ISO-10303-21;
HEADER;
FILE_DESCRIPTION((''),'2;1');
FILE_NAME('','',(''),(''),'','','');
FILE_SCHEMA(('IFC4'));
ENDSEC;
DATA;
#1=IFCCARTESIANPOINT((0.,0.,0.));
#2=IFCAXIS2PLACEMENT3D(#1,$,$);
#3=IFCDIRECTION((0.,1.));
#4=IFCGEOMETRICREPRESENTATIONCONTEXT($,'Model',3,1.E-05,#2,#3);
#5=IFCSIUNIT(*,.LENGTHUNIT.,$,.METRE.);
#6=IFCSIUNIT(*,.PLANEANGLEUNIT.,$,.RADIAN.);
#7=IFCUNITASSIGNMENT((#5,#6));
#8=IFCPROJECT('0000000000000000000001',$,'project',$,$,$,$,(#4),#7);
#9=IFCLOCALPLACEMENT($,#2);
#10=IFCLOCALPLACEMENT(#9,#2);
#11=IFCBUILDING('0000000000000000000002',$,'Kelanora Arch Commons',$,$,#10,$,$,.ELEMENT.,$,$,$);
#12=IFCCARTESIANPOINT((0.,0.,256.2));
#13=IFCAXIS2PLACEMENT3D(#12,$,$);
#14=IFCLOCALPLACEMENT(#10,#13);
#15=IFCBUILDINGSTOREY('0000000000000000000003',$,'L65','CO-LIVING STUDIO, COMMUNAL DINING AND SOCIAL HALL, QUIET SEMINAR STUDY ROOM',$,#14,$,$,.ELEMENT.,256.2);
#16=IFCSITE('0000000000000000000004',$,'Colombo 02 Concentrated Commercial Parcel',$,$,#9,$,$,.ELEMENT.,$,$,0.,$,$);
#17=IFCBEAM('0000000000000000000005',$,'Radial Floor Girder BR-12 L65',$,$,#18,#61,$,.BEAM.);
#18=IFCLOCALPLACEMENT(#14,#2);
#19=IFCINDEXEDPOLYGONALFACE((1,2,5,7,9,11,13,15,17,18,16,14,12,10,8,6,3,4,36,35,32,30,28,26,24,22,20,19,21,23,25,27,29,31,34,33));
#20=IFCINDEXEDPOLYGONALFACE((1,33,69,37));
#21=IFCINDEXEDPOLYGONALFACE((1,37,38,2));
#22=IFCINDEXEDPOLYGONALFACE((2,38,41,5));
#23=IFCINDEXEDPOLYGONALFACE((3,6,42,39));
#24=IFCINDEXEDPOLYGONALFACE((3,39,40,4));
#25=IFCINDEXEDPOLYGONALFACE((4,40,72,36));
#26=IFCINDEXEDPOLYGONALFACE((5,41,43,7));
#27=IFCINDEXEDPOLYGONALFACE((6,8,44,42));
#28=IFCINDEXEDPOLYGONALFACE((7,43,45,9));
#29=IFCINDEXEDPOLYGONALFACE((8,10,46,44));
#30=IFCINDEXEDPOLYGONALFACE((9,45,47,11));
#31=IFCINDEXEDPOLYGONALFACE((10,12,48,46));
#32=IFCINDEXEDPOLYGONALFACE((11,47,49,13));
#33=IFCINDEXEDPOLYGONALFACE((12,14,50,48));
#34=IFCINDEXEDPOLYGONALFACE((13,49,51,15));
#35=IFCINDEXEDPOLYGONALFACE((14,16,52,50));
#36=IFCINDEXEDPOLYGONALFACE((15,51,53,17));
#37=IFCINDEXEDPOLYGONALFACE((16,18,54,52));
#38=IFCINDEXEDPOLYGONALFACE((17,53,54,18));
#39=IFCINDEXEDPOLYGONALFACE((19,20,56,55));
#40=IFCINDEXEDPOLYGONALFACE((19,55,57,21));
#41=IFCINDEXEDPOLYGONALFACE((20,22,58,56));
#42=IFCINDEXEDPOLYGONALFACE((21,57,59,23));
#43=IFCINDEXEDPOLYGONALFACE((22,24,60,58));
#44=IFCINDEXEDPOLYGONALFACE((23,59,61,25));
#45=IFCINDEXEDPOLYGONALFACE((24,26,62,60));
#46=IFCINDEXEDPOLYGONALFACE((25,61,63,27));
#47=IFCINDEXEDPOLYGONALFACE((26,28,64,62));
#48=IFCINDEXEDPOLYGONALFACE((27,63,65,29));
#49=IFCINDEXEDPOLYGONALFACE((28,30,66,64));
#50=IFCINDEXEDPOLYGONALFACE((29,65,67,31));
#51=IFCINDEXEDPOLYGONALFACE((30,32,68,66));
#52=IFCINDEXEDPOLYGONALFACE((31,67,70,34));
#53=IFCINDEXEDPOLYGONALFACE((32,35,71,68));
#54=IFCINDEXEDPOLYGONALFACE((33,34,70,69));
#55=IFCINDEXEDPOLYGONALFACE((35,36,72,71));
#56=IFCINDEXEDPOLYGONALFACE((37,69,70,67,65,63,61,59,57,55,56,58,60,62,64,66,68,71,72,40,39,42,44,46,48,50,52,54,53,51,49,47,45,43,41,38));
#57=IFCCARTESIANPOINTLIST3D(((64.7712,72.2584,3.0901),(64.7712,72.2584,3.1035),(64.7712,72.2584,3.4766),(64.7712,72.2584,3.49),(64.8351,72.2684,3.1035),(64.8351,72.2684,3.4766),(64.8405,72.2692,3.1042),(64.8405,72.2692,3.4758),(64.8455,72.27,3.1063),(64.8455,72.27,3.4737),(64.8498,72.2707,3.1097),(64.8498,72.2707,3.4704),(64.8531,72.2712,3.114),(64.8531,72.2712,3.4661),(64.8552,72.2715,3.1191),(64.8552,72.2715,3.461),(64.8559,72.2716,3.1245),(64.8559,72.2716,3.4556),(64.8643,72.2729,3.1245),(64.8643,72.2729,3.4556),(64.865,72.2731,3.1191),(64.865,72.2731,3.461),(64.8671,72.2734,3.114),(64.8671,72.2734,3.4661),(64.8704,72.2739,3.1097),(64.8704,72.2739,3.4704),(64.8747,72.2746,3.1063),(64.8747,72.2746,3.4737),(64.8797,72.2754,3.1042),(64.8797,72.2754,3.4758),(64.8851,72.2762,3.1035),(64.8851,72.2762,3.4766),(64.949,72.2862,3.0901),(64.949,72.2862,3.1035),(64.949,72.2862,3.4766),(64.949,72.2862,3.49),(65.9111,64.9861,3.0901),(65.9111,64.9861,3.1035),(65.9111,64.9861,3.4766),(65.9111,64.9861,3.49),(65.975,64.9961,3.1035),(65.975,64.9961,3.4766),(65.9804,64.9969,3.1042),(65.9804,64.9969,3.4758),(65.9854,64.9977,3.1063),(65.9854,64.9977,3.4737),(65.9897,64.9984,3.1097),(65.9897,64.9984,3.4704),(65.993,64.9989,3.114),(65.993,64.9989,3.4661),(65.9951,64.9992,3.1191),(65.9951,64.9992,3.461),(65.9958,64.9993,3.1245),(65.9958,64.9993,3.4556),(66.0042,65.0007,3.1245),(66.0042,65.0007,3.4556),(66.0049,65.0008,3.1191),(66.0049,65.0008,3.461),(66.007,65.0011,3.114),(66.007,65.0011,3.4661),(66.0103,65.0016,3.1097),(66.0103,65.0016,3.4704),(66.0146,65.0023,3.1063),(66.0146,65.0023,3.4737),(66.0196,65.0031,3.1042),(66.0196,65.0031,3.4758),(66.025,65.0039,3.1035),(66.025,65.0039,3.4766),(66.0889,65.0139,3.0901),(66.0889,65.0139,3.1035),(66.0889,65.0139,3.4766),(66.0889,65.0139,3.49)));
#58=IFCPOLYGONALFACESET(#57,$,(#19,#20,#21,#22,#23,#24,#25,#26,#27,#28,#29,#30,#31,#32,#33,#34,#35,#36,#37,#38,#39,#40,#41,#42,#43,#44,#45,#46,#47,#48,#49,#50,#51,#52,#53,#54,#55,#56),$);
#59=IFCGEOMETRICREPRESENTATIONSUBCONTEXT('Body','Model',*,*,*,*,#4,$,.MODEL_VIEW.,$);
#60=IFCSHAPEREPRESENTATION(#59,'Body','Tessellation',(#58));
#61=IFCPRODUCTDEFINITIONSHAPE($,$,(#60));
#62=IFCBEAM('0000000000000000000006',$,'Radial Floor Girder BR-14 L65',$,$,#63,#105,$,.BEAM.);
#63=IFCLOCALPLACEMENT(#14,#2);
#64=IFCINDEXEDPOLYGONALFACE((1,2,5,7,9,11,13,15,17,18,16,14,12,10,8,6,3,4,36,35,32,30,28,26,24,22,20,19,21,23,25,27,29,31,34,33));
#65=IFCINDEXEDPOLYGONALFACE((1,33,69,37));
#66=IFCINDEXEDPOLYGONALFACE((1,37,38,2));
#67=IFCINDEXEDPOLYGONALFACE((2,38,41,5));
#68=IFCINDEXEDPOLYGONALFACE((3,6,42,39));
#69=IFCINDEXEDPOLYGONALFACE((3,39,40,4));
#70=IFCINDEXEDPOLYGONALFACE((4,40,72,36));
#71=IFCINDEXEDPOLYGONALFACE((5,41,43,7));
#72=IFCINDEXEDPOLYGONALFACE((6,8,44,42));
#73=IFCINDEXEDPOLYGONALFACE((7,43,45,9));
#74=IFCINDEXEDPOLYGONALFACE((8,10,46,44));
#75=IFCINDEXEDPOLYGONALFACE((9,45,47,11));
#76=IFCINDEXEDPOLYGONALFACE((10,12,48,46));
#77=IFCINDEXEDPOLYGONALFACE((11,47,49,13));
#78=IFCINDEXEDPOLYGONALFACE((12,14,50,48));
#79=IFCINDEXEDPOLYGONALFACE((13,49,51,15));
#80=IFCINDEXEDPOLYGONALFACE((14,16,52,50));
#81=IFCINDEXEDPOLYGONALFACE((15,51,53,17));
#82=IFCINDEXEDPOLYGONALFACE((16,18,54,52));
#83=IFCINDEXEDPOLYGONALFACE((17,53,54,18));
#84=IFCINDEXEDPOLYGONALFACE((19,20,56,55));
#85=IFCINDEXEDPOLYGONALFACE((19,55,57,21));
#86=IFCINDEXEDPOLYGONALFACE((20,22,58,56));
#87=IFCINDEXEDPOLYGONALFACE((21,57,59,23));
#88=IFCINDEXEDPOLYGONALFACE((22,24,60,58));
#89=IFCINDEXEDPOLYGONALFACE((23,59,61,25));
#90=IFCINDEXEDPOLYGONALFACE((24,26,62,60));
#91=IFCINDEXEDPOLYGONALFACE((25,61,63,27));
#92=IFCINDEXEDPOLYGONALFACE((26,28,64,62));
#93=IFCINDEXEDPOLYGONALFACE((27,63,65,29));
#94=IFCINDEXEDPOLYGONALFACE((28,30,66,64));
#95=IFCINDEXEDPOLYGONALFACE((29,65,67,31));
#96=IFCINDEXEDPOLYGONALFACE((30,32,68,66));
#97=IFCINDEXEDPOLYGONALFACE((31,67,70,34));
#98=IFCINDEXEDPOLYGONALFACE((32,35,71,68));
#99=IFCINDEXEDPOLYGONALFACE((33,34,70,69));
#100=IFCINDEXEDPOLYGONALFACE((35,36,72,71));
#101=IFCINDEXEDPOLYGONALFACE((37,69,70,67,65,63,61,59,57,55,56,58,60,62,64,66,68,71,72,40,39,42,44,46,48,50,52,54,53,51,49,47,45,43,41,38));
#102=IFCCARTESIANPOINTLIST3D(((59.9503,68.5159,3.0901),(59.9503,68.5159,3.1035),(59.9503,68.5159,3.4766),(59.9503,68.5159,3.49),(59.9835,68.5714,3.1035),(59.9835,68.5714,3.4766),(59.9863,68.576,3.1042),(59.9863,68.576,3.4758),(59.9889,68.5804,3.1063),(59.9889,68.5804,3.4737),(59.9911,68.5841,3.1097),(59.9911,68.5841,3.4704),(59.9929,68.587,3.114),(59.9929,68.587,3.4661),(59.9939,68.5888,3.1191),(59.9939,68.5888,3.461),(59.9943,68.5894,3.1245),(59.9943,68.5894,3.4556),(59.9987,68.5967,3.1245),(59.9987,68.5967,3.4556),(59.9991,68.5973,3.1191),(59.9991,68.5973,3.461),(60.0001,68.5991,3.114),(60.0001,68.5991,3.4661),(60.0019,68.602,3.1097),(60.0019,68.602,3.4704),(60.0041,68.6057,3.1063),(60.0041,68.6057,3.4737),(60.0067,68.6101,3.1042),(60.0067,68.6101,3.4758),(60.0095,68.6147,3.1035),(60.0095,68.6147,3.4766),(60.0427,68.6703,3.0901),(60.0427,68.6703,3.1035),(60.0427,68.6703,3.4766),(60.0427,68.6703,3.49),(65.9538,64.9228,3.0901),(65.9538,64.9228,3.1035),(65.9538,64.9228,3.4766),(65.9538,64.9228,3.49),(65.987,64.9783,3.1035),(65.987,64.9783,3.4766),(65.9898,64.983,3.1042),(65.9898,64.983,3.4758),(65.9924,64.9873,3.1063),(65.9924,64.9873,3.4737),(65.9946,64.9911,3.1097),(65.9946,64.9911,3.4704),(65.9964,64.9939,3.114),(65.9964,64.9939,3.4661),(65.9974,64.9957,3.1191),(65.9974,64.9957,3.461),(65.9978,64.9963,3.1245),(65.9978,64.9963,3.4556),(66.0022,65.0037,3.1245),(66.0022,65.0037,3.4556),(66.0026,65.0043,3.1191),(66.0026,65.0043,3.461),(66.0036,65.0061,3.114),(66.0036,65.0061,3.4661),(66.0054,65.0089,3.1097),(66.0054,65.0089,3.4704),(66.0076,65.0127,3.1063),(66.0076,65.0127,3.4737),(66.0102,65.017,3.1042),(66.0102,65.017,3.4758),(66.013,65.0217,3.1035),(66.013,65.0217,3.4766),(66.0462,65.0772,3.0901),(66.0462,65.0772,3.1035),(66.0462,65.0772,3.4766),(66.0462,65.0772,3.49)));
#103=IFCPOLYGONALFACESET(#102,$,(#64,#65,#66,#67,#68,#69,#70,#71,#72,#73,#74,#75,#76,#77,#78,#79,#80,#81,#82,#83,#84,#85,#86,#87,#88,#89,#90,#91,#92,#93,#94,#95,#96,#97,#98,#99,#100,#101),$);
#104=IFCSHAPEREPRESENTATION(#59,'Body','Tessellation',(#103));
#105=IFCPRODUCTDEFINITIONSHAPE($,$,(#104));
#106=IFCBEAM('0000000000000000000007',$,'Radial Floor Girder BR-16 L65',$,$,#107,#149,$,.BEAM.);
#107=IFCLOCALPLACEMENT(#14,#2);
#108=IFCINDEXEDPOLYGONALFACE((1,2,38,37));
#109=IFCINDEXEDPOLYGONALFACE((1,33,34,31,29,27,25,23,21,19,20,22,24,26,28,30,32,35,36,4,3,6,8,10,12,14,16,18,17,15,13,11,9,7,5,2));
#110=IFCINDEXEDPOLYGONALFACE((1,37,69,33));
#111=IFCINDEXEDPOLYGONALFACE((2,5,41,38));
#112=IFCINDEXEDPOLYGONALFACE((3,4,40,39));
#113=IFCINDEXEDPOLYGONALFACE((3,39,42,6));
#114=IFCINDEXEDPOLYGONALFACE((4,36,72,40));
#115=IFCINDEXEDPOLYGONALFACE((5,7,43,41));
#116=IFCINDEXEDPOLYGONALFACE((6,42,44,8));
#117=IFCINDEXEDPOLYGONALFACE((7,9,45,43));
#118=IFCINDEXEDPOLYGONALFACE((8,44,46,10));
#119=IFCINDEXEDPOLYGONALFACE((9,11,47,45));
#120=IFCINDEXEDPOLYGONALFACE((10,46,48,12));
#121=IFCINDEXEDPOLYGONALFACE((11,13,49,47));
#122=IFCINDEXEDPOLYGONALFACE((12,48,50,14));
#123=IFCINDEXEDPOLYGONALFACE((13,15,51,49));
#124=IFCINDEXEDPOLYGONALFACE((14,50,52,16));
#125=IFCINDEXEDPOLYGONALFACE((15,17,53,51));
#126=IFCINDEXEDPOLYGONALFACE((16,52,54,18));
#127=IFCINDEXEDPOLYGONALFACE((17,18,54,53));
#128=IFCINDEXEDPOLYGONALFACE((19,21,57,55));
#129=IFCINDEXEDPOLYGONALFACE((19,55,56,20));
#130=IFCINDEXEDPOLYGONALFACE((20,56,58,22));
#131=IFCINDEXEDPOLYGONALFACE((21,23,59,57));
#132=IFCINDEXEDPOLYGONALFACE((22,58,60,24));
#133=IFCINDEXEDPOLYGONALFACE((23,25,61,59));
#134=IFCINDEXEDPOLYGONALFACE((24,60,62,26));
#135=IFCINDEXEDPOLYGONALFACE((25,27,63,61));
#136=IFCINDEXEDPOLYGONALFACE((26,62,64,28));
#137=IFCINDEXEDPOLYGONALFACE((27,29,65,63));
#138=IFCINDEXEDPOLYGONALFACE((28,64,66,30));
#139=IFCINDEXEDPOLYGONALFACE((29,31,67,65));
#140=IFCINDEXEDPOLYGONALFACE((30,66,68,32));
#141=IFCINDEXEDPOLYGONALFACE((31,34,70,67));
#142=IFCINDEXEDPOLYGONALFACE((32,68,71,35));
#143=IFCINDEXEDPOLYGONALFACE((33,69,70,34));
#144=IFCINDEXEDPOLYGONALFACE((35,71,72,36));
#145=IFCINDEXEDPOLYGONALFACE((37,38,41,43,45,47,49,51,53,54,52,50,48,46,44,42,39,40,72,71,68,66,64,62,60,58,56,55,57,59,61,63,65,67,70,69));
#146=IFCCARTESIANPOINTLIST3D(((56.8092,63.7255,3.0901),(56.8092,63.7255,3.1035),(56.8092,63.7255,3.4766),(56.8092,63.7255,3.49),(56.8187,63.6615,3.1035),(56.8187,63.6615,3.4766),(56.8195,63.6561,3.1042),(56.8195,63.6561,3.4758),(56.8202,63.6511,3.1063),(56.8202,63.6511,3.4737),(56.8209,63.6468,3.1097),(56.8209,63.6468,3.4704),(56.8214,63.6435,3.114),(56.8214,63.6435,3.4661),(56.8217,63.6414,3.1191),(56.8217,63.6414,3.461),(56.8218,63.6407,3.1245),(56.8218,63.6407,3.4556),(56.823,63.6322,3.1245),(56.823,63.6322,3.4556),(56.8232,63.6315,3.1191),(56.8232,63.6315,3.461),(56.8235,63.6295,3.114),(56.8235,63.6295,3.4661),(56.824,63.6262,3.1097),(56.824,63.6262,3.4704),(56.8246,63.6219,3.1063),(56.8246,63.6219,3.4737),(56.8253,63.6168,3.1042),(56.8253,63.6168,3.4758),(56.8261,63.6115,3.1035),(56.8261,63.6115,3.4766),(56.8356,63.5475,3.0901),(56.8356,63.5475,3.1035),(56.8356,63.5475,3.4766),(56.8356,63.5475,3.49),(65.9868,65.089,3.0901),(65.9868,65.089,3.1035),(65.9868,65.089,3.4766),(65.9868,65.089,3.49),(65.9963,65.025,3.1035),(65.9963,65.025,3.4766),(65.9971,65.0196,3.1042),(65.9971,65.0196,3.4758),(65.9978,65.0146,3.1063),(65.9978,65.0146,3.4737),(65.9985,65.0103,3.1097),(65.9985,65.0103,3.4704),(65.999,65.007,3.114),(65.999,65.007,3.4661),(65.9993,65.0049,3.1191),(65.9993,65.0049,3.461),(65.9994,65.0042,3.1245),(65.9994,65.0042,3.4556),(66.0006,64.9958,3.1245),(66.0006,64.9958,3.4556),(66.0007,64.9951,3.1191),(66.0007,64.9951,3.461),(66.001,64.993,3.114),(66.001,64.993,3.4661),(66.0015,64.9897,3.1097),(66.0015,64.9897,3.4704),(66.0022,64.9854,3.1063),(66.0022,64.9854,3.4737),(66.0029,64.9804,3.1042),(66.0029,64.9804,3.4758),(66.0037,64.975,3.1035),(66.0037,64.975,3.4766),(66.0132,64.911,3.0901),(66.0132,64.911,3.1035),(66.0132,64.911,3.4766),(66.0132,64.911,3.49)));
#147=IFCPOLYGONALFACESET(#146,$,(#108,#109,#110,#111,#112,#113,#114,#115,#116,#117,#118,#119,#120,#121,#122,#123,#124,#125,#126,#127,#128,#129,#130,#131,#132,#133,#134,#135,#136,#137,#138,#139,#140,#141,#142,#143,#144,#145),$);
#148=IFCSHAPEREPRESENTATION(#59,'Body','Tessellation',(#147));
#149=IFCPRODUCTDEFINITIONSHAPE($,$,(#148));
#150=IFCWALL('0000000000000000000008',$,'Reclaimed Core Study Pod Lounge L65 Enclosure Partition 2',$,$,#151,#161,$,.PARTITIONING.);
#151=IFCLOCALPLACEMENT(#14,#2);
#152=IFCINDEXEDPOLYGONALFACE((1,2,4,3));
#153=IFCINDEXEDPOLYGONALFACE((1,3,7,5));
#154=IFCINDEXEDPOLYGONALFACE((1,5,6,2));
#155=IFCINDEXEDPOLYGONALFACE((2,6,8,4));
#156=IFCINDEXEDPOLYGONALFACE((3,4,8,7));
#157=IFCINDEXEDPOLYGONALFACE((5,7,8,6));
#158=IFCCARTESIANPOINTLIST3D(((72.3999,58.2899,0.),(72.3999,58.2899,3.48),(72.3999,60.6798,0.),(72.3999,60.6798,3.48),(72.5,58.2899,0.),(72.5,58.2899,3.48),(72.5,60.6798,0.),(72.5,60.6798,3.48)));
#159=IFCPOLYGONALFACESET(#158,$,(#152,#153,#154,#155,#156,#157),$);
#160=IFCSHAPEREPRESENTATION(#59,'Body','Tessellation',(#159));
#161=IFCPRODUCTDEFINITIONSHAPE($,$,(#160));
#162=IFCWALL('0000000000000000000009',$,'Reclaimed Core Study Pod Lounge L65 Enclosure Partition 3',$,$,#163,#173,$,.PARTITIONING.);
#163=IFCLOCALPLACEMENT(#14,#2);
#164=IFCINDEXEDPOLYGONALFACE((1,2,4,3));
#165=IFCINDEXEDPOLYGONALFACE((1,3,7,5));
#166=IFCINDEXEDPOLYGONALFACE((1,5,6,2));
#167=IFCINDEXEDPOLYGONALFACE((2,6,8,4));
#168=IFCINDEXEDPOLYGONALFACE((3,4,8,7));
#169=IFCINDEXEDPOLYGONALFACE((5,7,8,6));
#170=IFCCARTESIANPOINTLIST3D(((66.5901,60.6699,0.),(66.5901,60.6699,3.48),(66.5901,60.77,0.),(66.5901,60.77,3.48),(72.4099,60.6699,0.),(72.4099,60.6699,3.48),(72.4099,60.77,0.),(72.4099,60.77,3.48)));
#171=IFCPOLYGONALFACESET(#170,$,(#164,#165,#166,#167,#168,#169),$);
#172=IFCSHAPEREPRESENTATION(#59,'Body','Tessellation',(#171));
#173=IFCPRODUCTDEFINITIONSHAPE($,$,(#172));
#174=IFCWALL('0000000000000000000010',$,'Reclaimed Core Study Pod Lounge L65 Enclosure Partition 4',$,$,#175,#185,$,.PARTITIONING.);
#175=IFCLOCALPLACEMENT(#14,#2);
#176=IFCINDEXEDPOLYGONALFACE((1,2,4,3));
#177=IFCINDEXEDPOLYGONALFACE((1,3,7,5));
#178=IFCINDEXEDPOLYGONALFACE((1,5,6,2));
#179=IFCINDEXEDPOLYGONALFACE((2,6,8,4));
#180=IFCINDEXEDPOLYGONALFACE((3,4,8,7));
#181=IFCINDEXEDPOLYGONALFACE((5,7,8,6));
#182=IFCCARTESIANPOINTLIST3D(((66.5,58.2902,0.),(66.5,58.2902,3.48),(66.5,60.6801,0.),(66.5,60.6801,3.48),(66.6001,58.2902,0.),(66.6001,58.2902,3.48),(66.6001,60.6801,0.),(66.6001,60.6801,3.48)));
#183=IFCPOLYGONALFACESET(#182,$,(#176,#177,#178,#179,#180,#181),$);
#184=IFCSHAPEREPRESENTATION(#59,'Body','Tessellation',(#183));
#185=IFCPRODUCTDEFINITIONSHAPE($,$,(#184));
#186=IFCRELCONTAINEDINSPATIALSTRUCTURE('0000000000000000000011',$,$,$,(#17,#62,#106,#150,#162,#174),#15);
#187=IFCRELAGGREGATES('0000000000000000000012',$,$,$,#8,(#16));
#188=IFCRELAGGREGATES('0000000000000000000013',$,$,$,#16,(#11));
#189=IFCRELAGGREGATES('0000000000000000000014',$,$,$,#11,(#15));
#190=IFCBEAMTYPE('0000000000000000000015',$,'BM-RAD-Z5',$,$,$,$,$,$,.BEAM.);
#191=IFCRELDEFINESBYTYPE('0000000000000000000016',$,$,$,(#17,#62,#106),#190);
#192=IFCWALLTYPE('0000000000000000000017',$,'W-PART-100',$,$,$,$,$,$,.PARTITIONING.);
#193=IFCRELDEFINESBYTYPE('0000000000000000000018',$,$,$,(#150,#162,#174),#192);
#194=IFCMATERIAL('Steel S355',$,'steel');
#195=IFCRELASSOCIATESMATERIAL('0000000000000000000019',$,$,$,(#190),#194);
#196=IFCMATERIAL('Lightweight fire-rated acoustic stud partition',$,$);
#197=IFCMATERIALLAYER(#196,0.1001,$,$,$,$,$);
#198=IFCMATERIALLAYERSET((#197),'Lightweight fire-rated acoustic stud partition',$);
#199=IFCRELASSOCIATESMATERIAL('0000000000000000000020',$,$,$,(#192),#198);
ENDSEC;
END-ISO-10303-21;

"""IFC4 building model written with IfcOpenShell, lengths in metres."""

from ifc_helpers import new_model, si_unit, direction, frame, frame_2d, origin, origin_2d, place, context, subcontext, project, spatial, rectangle, i_section, extrude, material, layer, layer_set, material_profile, profile_set, type_object, element, save


model = new_model("IFC4")

# Units and contexts
model_context = context("Model", 3, precision=1e-05, world=origin(), true_north=direction((0.0, 1.0)))
body_context = subcontext(model_context, "Body", "Model", "MODEL_VIEW")
ifc_project = project(units=[si_unit("LENGTHUNIT", "METRE"), si_unit("PLANEANGLEUNIT", "RADIAN")], contexts=[model_context])

# Site, building, storey
site_placement = place(None, origin())
site = spatial("IfcSite", under=ifc_project, at=site_placement, Name="Colombo 02 Concentrated Commercial Parcel", CompositionType="ELEMENT", RefElevation=0.0)
building_placement = place(site_placement, origin())
building = spatial("IfcBuilding", under=site, at=building_placement, Name="Kelanora Arch Commons", CompositionType="ELEMENT")
storey_placement = place(building_placement, frame((0.0, 0.0, 256.2)))
storey = spatial("IfcBuildingStorey", under=building, at=storey_placement, Name="L65", Description="CO-LIVING STUDIO, COMMUNAL DINING AND SOCIAL HALL, QUIET SEMINAR STUDY ROOM", CompositionType="ELEMENT", Elevation=256.2)

# Beams
ifc_material_1 = material(Name="Steel S355", Category="steel")
ifc_material_profile_1 = material_profile(ifc_material_1, i_section(OverallWidth=0.1799, OverallDepth=0.3999, WebThickness=0.0085, FlangeThickness=0.0134, FilletRadius=0.021, at=origin_2d()), Name="IPE400")
ifc_profile_set_1 = profile_set([ifc_material_profile_1], Name="Steel S355")
beam_type_1 = type_object("IfcBeamType", Name="BM-RAD-Z5", PredefinedType="BEAM", material=ifc_profile_set_1)
beam_1_placement = place(storey_placement, frame((66.0, 65.0, 3.29), z_axis=(-0.154855, 0.987937, 0.0), x_axis=(-0.987937, -0.154855, 0.0)))
element("IfcBeam", 1, at=beam_1_placement, inside=storey, type_object=beam_type_1, Name="Radial Floor Girder BR-12 L65", PredefinedType="BEAM", context=body_context, shape_type="SweptSolid", body=[
    extrude(i_section(OverallWidth=0.1799, OverallDepth=0.3999, WebThickness=0.0085, FlangeThickness=0.0134, FilletRadius=0.021, at=origin_2d()), origin(), (0.0, 0.0, 1.0), 7.3611),
])
beam_2_placement = place(storey_placement, frame((66.0, 65.0, 3.29), z_axis=(-0.858062, 0.513546, 0.0), x_axis=(-0.513546, -0.858062, 0.0)))
element("IfcBeam", 2, at=beam_2_placement, inside=storey, type_object=beam_type_1, Name="Radial Floor Girder BR-14 L65", PredefinedType="BEAM", context=body_context, shape_type="SweptSolid", body=[
    extrude(i_section(OverallWidth=0.1799, OverallDepth=0.3999, WebThickness=0.0085, FlangeThickness=0.0134, FilletRadius=0.021, at=origin_2d()), origin(), (0.0, 0.0, 1.0), 6.9966),
])
beam_3_placement = place(storey_placement, frame((66.0, 65.0, 3.29), z_axis=(-0.989142, -0.14696, 0.0), x_axis=(0.14696, -0.989142, 0.0)))
element("IfcBeam", 3, at=beam_3_placement, inside=storey, type_object=beam_type_1, Name="Radial Floor Girder BR-16 L65", PredefinedType="BEAM", context=body_context, shape_type="SweptSolid", body=[
    extrude(i_section(OverallWidth=0.1799, OverallDepth=0.3999, WebThickness=0.0085, FlangeThickness=0.0134, FilletRadius=0.021, at=origin_2d()), origin(), (0.0, 0.0, 1.0), 9.2783),
])

# Walls
ifc_material_2 = material(Name="Lightweight fire-rated acoustic stud partition")
ifc_layer_1 = layer(ifc_material_2, 0.1001)
ifc_layer_set_1 = layer_set([ifc_layer_1], Name="Lightweight fire-rated acoustic stud partition")
wall_type_1 = type_object("IfcWallType", Name="W-PART-100", PredefinedType="PARTITIONING", material=ifc_layer_set_1)
wall_1_placement = place(storey_placement, frame((72.45, 58.29, 0.0), z_axis=(0.0, 0.0, 1.0), x_axis=(0.0, 1.0, 0.0)))
element("IfcWall", 4, at=wall_1_placement, inside=storey, type_object=wall_type_1, Name="Reclaimed Core Study Pod Lounge L65 Enclosure Partition 2", PredefinedType="PARTITIONING", context=body_context, shape_type="SweptSolid", body=[
    extrude(rectangle(XDim=2.3899, YDim=0.1001, at=frame_2d((1.1948, 0.0))), origin(), (0.0, 0.0, 1.0), 3.48),
])
wall_2_placement = place(storey_placement, frame((72.4099, 60.72, 0.0), z_axis=(0.0, 0.0, 1.0), x_axis=(-1.0, 0.0, 0.0)))
element("IfcWall", 5, at=wall_2_placement, inside=storey, type_object=wall_type_1, Name="Reclaimed Core Study Pod Lounge L65 Enclosure Partition 3", PredefinedType="PARTITIONING", context=body_context, shape_type="SweptSolid", body=[
    extrude(rectangle(XDim=5.8198, YDim=0.1001, at=frame_2d((2.9099, 0.0))), origin(), (0.0, 0.0, 1.0), 3.48),
])
wall_3_placement = place(storey_placement, frame((66.55, 60.6799, 0.0), z_axis=(0.0, 0.0, 1.0), x_axis=(0.0, -1.0, 0.0)))
element("IfcWall", 6, at=wall_3_placement, inside=storey, type_object=wall_type_1, Name="Reclaimed Core Study Pod Lounge L65 Enclosure Partition 4", PredefinedType="PARTITIONING", context=body_context, shape_type="SweptSolid", body=[
    extrude(rectangle(XDim=2.3899, YDim=0.1001, at=frame_2d((1.1948, 0.0))), origin(), (0.0, 0.0, 1.0), 3.48),
])

save(model, "model.ifc")
